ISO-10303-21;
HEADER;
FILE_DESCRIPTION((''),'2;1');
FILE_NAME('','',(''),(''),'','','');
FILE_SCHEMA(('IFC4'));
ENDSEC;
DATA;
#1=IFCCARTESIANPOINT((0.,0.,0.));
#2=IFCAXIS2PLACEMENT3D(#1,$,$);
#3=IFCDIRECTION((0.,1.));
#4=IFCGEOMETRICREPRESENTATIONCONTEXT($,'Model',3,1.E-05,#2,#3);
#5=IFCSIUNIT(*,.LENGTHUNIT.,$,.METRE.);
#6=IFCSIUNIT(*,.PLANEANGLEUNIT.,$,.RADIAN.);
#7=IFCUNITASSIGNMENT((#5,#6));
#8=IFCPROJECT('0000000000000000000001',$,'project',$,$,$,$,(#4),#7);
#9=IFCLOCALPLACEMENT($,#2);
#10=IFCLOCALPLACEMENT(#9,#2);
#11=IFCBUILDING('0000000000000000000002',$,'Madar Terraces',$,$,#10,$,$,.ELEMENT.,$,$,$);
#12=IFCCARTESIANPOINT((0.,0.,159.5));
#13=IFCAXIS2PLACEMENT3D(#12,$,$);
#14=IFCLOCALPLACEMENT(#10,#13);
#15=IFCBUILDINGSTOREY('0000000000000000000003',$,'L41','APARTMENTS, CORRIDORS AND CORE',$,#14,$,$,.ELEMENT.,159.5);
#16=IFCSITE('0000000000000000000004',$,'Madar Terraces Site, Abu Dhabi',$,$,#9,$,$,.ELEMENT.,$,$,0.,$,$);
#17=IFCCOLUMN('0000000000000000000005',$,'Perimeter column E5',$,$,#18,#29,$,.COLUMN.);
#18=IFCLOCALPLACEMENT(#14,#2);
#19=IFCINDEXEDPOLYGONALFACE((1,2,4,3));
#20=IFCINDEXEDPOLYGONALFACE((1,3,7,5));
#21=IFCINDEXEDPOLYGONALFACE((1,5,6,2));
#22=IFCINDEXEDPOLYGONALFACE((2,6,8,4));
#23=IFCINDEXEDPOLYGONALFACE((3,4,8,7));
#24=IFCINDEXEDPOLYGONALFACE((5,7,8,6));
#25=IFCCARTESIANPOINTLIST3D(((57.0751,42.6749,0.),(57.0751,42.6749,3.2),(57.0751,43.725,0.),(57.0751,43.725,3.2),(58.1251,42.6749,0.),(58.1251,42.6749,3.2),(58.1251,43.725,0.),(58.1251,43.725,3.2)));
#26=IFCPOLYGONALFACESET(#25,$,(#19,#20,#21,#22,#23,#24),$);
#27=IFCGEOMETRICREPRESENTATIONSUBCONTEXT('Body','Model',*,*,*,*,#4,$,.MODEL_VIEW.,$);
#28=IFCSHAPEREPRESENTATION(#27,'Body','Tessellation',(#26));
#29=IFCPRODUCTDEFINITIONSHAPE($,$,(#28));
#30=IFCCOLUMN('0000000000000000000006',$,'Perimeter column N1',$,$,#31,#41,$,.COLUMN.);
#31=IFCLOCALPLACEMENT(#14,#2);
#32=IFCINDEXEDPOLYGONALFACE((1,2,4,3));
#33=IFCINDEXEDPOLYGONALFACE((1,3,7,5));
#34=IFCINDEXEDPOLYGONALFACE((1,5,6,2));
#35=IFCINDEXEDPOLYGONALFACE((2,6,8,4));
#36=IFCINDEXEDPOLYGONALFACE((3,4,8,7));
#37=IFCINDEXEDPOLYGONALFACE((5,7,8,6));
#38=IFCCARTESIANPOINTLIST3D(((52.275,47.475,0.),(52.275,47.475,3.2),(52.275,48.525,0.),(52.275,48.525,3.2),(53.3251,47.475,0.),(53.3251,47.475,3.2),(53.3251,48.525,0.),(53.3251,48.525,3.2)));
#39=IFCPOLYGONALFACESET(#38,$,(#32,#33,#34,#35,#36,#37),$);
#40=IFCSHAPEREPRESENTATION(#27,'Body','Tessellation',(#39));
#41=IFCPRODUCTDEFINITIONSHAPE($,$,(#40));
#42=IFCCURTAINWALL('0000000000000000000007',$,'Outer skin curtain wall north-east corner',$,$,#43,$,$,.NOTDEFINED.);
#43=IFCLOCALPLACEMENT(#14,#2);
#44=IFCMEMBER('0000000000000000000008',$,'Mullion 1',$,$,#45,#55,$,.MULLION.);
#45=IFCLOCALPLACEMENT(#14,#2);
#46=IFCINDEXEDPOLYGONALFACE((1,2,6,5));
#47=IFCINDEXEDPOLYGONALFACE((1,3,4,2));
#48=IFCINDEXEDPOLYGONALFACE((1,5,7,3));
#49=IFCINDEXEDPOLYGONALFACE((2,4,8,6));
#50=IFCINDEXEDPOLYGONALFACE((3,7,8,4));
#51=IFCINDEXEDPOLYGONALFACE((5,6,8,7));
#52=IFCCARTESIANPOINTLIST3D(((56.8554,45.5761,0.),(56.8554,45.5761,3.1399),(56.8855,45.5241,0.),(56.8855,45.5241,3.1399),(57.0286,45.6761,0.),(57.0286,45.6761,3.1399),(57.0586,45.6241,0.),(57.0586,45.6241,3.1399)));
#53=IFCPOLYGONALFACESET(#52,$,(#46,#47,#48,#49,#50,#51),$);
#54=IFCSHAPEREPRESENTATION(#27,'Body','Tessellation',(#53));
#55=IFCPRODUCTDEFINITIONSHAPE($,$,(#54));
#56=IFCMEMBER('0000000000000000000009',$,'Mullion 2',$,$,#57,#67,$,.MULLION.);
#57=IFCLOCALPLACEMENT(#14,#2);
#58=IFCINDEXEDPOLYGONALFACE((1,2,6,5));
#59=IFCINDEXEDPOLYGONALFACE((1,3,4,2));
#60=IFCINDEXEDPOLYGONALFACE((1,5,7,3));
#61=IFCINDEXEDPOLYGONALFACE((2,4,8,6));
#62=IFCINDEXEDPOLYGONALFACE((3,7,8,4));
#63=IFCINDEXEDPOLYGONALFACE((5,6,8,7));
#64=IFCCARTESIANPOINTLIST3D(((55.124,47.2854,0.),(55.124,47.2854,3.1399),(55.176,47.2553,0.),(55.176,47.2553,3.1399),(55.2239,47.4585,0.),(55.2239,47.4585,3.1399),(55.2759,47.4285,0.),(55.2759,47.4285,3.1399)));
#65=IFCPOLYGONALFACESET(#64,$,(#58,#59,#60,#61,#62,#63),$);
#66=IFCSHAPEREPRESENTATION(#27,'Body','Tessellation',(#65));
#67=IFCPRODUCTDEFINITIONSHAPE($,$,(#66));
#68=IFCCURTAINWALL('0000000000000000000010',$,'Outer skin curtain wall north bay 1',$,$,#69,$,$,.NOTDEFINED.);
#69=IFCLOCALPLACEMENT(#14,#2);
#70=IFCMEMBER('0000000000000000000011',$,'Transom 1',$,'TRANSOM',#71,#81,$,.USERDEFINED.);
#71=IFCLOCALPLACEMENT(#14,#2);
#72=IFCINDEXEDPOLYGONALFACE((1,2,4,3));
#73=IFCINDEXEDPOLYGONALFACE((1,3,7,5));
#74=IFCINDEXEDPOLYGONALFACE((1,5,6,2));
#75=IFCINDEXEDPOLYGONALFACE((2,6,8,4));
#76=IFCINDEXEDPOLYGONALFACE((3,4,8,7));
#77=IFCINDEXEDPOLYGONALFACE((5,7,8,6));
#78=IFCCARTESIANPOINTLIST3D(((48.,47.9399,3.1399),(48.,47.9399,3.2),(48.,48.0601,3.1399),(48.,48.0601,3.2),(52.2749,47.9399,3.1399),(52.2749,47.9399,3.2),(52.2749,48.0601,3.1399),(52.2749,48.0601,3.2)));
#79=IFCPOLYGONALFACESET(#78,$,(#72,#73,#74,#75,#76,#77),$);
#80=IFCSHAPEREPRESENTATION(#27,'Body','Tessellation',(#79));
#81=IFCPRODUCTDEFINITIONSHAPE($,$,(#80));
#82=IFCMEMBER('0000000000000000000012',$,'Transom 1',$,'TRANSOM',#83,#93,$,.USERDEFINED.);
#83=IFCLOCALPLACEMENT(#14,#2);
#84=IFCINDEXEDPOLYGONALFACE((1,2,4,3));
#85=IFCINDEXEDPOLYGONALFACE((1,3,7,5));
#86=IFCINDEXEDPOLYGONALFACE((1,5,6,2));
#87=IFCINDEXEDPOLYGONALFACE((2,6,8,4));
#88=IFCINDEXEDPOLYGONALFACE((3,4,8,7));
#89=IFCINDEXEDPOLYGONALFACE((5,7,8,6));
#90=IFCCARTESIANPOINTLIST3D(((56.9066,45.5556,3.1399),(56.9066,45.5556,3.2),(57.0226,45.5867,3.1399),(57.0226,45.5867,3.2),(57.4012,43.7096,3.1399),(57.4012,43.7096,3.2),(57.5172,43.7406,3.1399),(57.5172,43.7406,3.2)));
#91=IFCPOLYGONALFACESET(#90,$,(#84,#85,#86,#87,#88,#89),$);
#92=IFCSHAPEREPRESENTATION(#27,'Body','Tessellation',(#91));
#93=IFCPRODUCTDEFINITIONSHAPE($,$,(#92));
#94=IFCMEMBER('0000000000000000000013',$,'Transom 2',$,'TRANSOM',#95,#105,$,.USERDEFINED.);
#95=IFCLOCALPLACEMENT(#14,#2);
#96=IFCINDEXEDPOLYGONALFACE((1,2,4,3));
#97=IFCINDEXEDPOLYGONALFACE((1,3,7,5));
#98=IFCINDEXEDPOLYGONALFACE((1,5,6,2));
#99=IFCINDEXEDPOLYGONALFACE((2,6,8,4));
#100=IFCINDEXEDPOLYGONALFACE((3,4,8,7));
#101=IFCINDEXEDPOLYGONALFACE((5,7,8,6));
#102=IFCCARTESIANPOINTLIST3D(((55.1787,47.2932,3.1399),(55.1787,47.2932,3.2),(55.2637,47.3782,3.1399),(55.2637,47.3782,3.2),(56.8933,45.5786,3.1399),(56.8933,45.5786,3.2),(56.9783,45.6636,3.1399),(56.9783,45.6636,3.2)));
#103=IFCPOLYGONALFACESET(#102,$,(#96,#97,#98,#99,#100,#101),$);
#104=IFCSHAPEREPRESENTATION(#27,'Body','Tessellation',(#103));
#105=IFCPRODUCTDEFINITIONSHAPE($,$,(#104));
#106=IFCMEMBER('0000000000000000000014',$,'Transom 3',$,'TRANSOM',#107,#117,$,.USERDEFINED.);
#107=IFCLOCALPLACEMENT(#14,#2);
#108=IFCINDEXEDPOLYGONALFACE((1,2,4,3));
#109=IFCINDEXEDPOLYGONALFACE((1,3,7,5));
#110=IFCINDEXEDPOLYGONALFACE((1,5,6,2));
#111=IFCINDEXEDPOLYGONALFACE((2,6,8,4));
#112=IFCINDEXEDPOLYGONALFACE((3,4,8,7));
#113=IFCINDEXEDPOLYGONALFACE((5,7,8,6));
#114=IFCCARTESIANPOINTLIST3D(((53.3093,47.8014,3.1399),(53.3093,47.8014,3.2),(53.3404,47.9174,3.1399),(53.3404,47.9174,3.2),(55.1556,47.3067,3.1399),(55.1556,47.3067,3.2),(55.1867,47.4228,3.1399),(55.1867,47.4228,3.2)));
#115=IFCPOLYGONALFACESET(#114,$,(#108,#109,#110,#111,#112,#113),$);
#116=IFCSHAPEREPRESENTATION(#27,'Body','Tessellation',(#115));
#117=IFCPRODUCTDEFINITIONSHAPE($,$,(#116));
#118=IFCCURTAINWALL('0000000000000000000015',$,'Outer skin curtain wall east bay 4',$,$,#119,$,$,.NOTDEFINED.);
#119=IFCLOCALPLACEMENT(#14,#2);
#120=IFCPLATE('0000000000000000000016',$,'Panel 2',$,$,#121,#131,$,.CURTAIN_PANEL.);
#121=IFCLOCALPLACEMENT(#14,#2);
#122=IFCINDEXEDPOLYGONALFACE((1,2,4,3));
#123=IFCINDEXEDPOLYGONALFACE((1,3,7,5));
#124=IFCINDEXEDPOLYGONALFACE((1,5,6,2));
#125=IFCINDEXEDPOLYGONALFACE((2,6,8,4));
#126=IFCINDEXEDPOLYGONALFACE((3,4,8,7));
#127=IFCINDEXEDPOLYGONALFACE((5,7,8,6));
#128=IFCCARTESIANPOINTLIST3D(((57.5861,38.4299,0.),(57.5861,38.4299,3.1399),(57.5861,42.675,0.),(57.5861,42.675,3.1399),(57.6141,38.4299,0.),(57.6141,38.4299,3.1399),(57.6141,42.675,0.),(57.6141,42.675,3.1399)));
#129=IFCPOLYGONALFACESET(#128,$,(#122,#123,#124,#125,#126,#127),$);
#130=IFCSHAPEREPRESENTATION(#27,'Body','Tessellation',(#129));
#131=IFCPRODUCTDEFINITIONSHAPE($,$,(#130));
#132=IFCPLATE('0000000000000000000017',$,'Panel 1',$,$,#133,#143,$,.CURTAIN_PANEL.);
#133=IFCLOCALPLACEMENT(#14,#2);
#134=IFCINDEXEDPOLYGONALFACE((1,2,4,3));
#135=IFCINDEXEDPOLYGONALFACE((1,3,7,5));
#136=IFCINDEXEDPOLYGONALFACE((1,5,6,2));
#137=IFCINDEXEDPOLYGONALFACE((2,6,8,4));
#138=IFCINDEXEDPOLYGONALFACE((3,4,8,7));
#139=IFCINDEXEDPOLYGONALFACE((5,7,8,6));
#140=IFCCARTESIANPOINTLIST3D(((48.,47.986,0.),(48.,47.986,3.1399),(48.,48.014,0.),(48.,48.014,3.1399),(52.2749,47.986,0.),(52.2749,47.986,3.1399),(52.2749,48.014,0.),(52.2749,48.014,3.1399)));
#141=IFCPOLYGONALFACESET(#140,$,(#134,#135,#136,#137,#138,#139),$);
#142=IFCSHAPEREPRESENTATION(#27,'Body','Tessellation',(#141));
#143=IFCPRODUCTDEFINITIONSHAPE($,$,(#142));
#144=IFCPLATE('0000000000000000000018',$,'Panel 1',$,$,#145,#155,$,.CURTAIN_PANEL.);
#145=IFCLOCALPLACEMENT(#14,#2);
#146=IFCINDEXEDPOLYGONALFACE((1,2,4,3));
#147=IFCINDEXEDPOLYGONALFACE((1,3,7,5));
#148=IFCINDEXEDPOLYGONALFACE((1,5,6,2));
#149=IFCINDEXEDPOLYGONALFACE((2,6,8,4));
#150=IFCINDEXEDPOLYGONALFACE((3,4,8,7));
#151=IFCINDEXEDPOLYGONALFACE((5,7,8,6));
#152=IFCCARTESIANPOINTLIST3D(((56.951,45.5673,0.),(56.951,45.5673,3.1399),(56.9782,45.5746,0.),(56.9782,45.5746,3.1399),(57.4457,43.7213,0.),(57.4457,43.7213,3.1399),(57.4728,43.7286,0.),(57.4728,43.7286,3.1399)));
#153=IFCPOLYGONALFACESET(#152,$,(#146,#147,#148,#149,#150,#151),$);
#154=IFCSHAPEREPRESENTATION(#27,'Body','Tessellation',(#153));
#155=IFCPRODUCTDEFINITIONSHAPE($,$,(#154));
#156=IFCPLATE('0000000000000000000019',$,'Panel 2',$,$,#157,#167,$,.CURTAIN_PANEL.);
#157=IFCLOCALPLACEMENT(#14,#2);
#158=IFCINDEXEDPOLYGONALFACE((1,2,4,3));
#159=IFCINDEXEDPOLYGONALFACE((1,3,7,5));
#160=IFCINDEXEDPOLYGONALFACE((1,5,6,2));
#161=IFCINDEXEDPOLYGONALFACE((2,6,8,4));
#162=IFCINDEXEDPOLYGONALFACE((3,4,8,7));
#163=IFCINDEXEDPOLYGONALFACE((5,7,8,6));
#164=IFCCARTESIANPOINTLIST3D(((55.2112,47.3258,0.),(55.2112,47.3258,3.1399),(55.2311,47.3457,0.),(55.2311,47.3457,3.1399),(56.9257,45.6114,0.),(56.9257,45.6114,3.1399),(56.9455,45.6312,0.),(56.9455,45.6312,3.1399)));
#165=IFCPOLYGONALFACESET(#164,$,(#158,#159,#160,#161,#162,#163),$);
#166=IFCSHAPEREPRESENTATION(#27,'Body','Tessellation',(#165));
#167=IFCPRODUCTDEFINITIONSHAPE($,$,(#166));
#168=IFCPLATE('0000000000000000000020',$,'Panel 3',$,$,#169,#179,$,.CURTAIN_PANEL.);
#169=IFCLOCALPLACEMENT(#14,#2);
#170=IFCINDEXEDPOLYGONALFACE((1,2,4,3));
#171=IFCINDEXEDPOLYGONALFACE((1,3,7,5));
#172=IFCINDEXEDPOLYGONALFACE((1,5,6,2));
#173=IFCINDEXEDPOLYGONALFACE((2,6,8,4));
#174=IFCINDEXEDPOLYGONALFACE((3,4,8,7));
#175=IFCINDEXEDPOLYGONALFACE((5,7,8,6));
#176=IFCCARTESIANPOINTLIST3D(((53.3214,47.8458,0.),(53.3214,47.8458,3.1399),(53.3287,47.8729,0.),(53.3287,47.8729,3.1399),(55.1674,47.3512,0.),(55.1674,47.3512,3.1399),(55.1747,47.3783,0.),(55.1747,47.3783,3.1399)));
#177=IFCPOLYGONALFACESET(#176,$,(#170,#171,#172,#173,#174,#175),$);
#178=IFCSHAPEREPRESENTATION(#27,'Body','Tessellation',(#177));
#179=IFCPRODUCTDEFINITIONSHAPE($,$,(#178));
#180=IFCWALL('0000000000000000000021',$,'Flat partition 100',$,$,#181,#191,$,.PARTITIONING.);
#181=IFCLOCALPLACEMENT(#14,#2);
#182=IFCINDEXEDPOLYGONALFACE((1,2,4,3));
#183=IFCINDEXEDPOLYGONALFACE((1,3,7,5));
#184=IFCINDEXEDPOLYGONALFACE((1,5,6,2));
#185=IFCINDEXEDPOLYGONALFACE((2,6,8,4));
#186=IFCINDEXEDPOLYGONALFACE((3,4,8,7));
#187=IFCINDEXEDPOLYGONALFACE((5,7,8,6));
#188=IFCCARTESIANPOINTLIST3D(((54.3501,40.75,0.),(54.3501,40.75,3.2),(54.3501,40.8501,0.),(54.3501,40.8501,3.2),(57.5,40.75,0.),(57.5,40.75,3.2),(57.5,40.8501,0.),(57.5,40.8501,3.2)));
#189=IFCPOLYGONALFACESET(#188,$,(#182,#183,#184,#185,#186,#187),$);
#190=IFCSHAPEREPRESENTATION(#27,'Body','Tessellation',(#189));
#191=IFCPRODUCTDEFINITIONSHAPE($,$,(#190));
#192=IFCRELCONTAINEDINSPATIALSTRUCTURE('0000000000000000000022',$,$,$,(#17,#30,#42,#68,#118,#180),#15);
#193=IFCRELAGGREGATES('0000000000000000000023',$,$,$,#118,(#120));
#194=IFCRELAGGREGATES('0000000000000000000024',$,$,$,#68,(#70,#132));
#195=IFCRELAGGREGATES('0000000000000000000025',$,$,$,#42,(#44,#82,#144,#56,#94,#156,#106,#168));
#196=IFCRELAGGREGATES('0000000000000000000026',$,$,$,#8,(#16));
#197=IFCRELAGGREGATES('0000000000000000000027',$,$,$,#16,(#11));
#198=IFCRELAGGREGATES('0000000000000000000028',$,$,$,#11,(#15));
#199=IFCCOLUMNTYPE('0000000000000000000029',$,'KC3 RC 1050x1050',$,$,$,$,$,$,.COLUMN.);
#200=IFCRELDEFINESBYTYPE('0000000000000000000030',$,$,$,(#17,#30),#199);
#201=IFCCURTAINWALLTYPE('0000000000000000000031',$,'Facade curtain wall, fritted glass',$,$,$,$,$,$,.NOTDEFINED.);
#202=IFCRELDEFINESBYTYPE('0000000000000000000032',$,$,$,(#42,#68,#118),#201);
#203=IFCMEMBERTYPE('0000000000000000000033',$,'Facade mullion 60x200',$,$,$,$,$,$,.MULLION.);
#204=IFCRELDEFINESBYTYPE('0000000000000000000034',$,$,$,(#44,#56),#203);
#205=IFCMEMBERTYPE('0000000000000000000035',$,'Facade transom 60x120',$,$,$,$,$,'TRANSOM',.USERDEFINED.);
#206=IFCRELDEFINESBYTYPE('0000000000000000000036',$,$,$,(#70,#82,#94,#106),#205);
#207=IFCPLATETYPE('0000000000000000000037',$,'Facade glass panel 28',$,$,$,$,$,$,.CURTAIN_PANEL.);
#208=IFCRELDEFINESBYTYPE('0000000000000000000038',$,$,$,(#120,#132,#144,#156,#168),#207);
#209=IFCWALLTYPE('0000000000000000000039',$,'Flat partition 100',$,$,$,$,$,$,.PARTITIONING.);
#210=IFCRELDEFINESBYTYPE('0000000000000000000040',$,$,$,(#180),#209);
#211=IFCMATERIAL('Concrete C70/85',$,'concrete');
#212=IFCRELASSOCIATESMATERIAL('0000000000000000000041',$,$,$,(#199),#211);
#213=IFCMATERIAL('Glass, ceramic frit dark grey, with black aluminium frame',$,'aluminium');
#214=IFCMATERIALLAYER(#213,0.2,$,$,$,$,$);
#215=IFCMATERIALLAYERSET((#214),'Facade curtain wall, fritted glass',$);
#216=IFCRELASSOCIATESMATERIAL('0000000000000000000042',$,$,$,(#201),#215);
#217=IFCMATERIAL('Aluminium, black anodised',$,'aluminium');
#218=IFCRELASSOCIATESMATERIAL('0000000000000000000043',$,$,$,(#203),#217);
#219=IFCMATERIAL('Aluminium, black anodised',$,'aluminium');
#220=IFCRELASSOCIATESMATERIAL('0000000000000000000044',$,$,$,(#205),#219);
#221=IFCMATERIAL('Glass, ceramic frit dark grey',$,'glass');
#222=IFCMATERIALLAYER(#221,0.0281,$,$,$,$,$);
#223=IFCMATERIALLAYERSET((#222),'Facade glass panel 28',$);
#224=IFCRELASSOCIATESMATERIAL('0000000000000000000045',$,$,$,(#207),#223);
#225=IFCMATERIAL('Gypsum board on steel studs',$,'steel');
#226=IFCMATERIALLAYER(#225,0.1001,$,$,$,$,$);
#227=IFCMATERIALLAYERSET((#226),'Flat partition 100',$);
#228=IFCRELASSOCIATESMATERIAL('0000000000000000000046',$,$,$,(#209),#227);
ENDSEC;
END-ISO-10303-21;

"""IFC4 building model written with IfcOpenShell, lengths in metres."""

from ifc_helpers import new_model, si_unit, direction, frame, frame_2d, origin, origin_2d, place, context, subcontext, project, spatial, rectangle, extrude, material, layer, layer_set, material_profile, profile_set, type_object, element, aggregate, save


model = new_model("IFC4")

# Units and contexts
model_context = context("Model", 3, precision=1e-05, world=origin(), true_north=direction((0.0, 1.0)))
body_context = subcontext(model_context, "Body", "Model", "MODEL_VIEW")
ifc_project = project(units=[si_unit("LENGTHUNIT", "METRE"), si_unit("PLANEANGLEUNIT", "RADIAN")], contexts=[model_context])

# Site, building, storey
site_placement = place(None, origin())
site = spatial("IfcSite", under=ifc_project, at=site_placement, Name="Madar Terraces Site, Abu Dhabi", CompositionType="ELEMENT", RefElevation=0.0)
building_placement = place(site_placement, origin())
building = spatial("IfcBuilding", under=site, at=building_placement, Name="Madar Terraces", CompositionType="ELEMENT")
storey_placement = place(building_placement, frame((0.0, 0.0, 159.5)))
storey = spatial("IfcBuildingStorey", under=building, at=storey_placement, Name="L41", Description="APARTMENTS, CORRIDORS AND CORE", CompositionType="ELEMENT", Elevation=159.5)

# Columns
ifc_material_1 = material(Name="Concrete C70/85", Category="concrete")
ifc_material_profile_1 = material_profile(ifc_material_1, rectangle(XDim=1.05, YDim=1.05, at=origin_2d()), Name="KC3 RC 1050x1050")
ifc_profile_set_1 = profile_set([ifc_material_profile_1], Name="Concrete C70/85")
column_type = type_object("IfcColumnType", Name="KC3 RC 1050x1050", PredefinedType="COLUMN", material=ifc_profile_set_1)
for number, where, z_axis, x_axis, name in (
    (1, (57.6001, 43.2, 0.0), (0.0, 0.0, 1.0), (1.0, 0.0, 0.0), "Perimeter column E5"),
    (2, (52.8, 48.0, 0.0), (0.0, 0.0, 1.0), (1.0, 0.0, 0.0), "Perimeter column N1"),
):
    element("IfcColumn", number, at=place(storey_placement, frame(where, z_axis=z_axis, x_axis=x_axis)), inside=storey, type_object=column_type, Name=name, PredefinedType="COLUMN", context=body_context, shape_type="SweptSolid", body=[
        extrude(rectangle(XDim=1.05, YDim=1.05, at=origin_2d()), origin(), (0.0, 0.0, 1.0), 3.2),
    ])

# Curtain wall, members
ifc_material_2 = material(Name="Glass, ceramic frit dark grey, with black aluminium frame", Category="aluminium")
ifc_layer_1 = layer(ifc_material_2, 0.2)
ifc_layer_set_1 = layer_set([ifc_layer_1], Name="Facade curtain wall, fritted glass")
curtain_wall_type = type_object("IfcCurtainWallType", Name="Facade curtain wall, fritted glass", PredefinedType="NOTDEFINED", material=ifc_layer_set_1)
curtain_wall_1_placement = place(storey_placement, origin())
curtain_wall_1 = element("IfcCurtainWall", 3, at=curtain_wall_1_placement, inside=storey, type_object=curtain_wall_type, Name="Outer skin curtain wall north-east corner", PredefinedType="NOTDEFINED")
ifc_material_3 = material(Name="Aluminium, black anodised", Category="aluminium")
ifc_material_profile_2 = material_profile(ifc_material_3, rectangle(XDim=0.2, YDim=0.0601, at=origin_2d()), Name="Facade mullion 60x200")
ifc_profile_set_2 = profile_set([ifc_material_profile_2], Name="Aluminium, black anodised")
member_type_1 = type_object("IfcMemberType", Name="Facade mullion 60x200", PredefinedType="MULLION", material=ifc_profile_set_2)
member_1_placement = place(storey_placement, frame((56.957, 45.6001, 0.0), z_axis=(0.0, 0.0, 1.0), x_axis=(-0.866025, -0.5, 0.0)))
member_1 = element("IfcMember", 4, at=member_1_placement, type_object=member_type_1, Name="Mullion 1", PredefinedType="MULLION", context=body_context, shape_type="SweptSolid", body=[
    extrude(rectangle(XDim=0.2, YDim=0.0601, at=origin_2d()), origin(), (0.0, 0.0, 1.0), 3.1399),
])
member_2_placement = place(storey_placement, frame((55.2, 47.3569, 0.0), z_axis=(0.0, 0.0, 1.0), x_axis=(-0.5, -0.866025, 0.0)))
member_2 = element("IfcMember", 5, at=member_2_placement, type_object=member_type_1, Name="Mullion 2", PredefinedType="MULLION", context=body_context, shape_type="SweptSolid", body=[
    extrude(rectangle(XDim=0.2, YDim=0.0601, at=origin_2d()), origin(), (0.0, 0.0, 1.0), 3.1399),
])

# Curtain wall, member
curtain_wall_2_placement = place(storey_placement, origin())
curtain_wall_2 = element("IfcCurtainWall", 6, at=curtain_wall_2_placement, inside=storey, type_object=curtain_wall_type, Name="Outer skin curtain wall north bay 1", PredefinedType="NOTDEFINED")
ifc_material_4 = material(Name="Aluminium, black anodised", Category="aluminium")
ifc_material_profile_3 = material_profile(ifc_material_4, rectangle(XDim=0.1201, YDim=0.0601, at=origin_2d()), Name="Facade transom 60x120")
ifc_profile_set_3 = profile_set([ifc_material_profile_3], Name="Aluminium, black anodised")
member_type_2 = type_object("IfcMemberType", Name="Facade transom 60x120", ElementType="TRANSOM", PredefinedType="USERDEFINED", material=ifc_profile_set_3)
member_3_placement = place(storey_placement, frame((52.2749, 48.0, 3.1699), z_axis=(-1.0, 0.0, 0.0), x_axis=(0.0, -1.0, 0.0)))
member_3 = element("IfcMember", 7, at=member_3_placement, type_object=member_type_2, Name="Transom 1", ObjectType="TRANSOM", PredefinedType="USERDEFINED", context=body_context, shape_type="SweptSolid", body=[
    extrude(rectangle(XDim=0.1201, YDim=0.0601, at=origin_2d()), origin(), (0.0, 0.0, 1.0), 4.2749),
])

# Members
member_4_placement = place(storey_placement, frame((57.4592, 43.7251, 3.1699), z_axis=(-0.258823, 0.965925, 0.0), x_axis=(-0.965925, -0.258823, 0.0)))
member_4 = element("IfcMember", 8, at=member_4_placement, type_object=member_type_2, Name="Transom 1", ObjectType="TRANSOM", PredefinedType="USERDEFINED", context=body_context, shape_type="SweptSolid", body=[
    extrude(rectangle(XDim=0.1201, YDim=0.0601, at=origin_2d()), origin(), (0.0, 0.0, 1.0), 1.9111),
])
member_5_placement = place(storey_placement, frame((56.9358, 45.6211, 3.1699), z_axis=(-0.707107, 0.707107, 0.0), x_axis=(-0.707107, -0.707107, 0.0)))
member_5 = element("IfcMember", 9, at=member_5_placement, type_object=member_type_2, Name="Transom 2", ObjectType="TRANSOM", PredefinedType="USERDEFINED", context=body_context, shape_type="SweptSolid", body=[
    extrude(rectangle(XDim=0.1201, YDim=0.0601, at=origin_2d()), origin(), (0.0, 0.0, 1.0), 2.4248),
])
member_6_placement = place(storey_placement, frame((55.1711, 47.3647, 3.1699), z_axis=(-0.965933, 0.258791, 0.0), x_axis=(-0.258791, -0.965933, 0.0)))
member_6 = element("IfcMember", 10, at=member_6_placement, type_object=member_type_2, Name="Transom 3", ObjectType="TRANSOM", PredefinedType="USERDEFINED", context=body_context, shape_type="SweptSolid", body=[
    extrude(rectangle(XDim=0.1201, YDim=0.0601, at=origin_2d()), origin(), (0.0, 0.0, 1.0), 1.9114),
])

# Curtain wall, plate
curtain_wall_3_placement = place(storey_placement, origin())
curtain_wall_3 = element("IfcCurtainWall", 11, at=curtain_wall_3_placement, inside=storey, type_object=curtain_wall_type, Name="Outer skin curtain wall east bay 4", PredefinedType="NOTDEFINED")
ifc_material_5 = material(Name="Glass, ceramic frit dark grey", Category="glass")
ifc_layer_2 = layer(ifc_material_5, 0.0281)
ifc_layer_set_2 = layer_set([ifc_layer_2], Name="Facade glass panel 28")
plate_type = type_object("IfcPlateType", Name="Facade glass panel 28", PredefinedType="CURTAIN_PANEL", material=ifc_layer_set_2)
plate_1_placement = place(storey_placement, frame((57.6001, 40.5525, 0.0), z_axis=(0.0, 0.0, 1.0), x_axis=(0.0, 1.0, 0.0)))
plate_1 = element("IfcPlate", 12, at=plate_1_placement, type_object=plate_type, Name="Panel 2", PredefinedType="CURTAIN_PANEL", context=body_context, shape_type="SweptSolid", body=[
    extrude(rectangle(XDim=4.2451, YDim=0.0281, at=origin_2d()), origin(), (0.0, 0.0, 1.0), 3.1399),
])
aggregate(curtain_wall_3, [plate_1])

# Plates
plate_2_placement = place(storey_placement, frame((50.1375, 48.0, 0.0), z_axis=(0.0, 0.0, 1.0), x_axis=(-1.0, 0.0, 0.0)))
plate_2 = element("IfcPlate", 13, at=plate_2_placement, type_object=plate_type, Name="Panel 1", PredefinedType="CURTAIN_PANEL", context=body_context, shape_type="SweptSolid", body=[
    extrude(rectangle(XDim=4.2749, YDim=0.0281, at=origin_2d()), origin(), (0.0, 0.0, 1.0), 3.1399),
])
aggregate(curtain_wall_2, [member_3, plate_2])
plate_3_placement = place(storey_placement, frame((57.2119, 44.6479, 0.0), z_axis=(0.0, 0.0, 1.0), x_axis=(-0.258819, 0.965926, 0.0)))
plate_3 = element("IfcPlate", 14, at=plate_3_placement, type_object=plate_type, Name="Panel 1", PredefinedType="CURTAIN_PANEL", context=body_context, shape_type="SweptSolid", body=[
    extrude(rectangle(XDim=1.9111, YDim=0.0281, at=origin_2d()), origin(), (0.0, 0.0, 1.0), 3.1399),
])
plate_4_placement = place(storey_placement, frame((56.0784, 46.4785, 0.0), z_axis=(0.0, 0.0, 1.0), x_axis=(-0.707107, 0.707107, 0.0)))
plate_4 = element("IfcPlate", 15, at=plate_4_placement, type_object=plate_type, Name="Panel 2", PredefinedType="CURTAIN_PANEL", context=body_context, shape_type="SweptSolid", body=[
    extrude(rectangle(XDim=2.4246, YDim=0.0281, at=origin_2d()), origin(), (0.0, 0.0, 1.0), 3.1399),
])
plate_5_placement = place(storey_placement, frame((54.248, 47.6121, 0.0), z_axis=(0.0, 0.0, 1.0), x_axis=(-0.965926, 0.258819, 0.0)))
plate_5 = element("IfcPlate", 16, at=plate_5_placement, type_object=plate_type, Name="Panel 3", PredefinedType="CURTAIN_PANEL", context=body_context, shape_type="SweptSolid", body=[
    extrude(rectangle(XDim=1.9111, YDim=0.0281, at=origin_2d()), origin(), (0.0, 0.0, 1.0), 3.1399),
])
aggregate(curtain_wall_1, [member_1, member_4, plate_3, member_2, member_5, plate_4, member_6, plate_5])

# Wall
ifc_material_6 = material(Name="Gypsum board on steel studs", Category="steel")
ifc_layer_3 = layer(ifc_material_6, 0.1001)
ifc_layer_set_3 = layer_set([ifc_layer_3], Name="Flat partition 100")
wall_type_1 = type_object("IfcWallType", Name="Flat partition 100", PredefinedType="PARTITIONING", material=ifc_layer_set_3)
wall_1_placement = place(storey_placement, frame((54.3501, 40.8, 0.0), z_axis=(0.0, 0.0, 1.0), x_axis=(1.0, 0.0, 0.0)))
element("IfcWall", 17, at=wall_1_placement, inside=storey, type_object=wall_type_1, Name="Flat partition 100", PredefinedType="PARTITIONING", context=body_context, shape_type="SweptSolid", body=[
    extrude(rectangle(XDim=3.1499, YDim=0.1001, at=frame_2d((1.575, 0.0))), origin(), (0.0, 0.0, 1.0), 3.2),
])

save(model, "model.ifc")
